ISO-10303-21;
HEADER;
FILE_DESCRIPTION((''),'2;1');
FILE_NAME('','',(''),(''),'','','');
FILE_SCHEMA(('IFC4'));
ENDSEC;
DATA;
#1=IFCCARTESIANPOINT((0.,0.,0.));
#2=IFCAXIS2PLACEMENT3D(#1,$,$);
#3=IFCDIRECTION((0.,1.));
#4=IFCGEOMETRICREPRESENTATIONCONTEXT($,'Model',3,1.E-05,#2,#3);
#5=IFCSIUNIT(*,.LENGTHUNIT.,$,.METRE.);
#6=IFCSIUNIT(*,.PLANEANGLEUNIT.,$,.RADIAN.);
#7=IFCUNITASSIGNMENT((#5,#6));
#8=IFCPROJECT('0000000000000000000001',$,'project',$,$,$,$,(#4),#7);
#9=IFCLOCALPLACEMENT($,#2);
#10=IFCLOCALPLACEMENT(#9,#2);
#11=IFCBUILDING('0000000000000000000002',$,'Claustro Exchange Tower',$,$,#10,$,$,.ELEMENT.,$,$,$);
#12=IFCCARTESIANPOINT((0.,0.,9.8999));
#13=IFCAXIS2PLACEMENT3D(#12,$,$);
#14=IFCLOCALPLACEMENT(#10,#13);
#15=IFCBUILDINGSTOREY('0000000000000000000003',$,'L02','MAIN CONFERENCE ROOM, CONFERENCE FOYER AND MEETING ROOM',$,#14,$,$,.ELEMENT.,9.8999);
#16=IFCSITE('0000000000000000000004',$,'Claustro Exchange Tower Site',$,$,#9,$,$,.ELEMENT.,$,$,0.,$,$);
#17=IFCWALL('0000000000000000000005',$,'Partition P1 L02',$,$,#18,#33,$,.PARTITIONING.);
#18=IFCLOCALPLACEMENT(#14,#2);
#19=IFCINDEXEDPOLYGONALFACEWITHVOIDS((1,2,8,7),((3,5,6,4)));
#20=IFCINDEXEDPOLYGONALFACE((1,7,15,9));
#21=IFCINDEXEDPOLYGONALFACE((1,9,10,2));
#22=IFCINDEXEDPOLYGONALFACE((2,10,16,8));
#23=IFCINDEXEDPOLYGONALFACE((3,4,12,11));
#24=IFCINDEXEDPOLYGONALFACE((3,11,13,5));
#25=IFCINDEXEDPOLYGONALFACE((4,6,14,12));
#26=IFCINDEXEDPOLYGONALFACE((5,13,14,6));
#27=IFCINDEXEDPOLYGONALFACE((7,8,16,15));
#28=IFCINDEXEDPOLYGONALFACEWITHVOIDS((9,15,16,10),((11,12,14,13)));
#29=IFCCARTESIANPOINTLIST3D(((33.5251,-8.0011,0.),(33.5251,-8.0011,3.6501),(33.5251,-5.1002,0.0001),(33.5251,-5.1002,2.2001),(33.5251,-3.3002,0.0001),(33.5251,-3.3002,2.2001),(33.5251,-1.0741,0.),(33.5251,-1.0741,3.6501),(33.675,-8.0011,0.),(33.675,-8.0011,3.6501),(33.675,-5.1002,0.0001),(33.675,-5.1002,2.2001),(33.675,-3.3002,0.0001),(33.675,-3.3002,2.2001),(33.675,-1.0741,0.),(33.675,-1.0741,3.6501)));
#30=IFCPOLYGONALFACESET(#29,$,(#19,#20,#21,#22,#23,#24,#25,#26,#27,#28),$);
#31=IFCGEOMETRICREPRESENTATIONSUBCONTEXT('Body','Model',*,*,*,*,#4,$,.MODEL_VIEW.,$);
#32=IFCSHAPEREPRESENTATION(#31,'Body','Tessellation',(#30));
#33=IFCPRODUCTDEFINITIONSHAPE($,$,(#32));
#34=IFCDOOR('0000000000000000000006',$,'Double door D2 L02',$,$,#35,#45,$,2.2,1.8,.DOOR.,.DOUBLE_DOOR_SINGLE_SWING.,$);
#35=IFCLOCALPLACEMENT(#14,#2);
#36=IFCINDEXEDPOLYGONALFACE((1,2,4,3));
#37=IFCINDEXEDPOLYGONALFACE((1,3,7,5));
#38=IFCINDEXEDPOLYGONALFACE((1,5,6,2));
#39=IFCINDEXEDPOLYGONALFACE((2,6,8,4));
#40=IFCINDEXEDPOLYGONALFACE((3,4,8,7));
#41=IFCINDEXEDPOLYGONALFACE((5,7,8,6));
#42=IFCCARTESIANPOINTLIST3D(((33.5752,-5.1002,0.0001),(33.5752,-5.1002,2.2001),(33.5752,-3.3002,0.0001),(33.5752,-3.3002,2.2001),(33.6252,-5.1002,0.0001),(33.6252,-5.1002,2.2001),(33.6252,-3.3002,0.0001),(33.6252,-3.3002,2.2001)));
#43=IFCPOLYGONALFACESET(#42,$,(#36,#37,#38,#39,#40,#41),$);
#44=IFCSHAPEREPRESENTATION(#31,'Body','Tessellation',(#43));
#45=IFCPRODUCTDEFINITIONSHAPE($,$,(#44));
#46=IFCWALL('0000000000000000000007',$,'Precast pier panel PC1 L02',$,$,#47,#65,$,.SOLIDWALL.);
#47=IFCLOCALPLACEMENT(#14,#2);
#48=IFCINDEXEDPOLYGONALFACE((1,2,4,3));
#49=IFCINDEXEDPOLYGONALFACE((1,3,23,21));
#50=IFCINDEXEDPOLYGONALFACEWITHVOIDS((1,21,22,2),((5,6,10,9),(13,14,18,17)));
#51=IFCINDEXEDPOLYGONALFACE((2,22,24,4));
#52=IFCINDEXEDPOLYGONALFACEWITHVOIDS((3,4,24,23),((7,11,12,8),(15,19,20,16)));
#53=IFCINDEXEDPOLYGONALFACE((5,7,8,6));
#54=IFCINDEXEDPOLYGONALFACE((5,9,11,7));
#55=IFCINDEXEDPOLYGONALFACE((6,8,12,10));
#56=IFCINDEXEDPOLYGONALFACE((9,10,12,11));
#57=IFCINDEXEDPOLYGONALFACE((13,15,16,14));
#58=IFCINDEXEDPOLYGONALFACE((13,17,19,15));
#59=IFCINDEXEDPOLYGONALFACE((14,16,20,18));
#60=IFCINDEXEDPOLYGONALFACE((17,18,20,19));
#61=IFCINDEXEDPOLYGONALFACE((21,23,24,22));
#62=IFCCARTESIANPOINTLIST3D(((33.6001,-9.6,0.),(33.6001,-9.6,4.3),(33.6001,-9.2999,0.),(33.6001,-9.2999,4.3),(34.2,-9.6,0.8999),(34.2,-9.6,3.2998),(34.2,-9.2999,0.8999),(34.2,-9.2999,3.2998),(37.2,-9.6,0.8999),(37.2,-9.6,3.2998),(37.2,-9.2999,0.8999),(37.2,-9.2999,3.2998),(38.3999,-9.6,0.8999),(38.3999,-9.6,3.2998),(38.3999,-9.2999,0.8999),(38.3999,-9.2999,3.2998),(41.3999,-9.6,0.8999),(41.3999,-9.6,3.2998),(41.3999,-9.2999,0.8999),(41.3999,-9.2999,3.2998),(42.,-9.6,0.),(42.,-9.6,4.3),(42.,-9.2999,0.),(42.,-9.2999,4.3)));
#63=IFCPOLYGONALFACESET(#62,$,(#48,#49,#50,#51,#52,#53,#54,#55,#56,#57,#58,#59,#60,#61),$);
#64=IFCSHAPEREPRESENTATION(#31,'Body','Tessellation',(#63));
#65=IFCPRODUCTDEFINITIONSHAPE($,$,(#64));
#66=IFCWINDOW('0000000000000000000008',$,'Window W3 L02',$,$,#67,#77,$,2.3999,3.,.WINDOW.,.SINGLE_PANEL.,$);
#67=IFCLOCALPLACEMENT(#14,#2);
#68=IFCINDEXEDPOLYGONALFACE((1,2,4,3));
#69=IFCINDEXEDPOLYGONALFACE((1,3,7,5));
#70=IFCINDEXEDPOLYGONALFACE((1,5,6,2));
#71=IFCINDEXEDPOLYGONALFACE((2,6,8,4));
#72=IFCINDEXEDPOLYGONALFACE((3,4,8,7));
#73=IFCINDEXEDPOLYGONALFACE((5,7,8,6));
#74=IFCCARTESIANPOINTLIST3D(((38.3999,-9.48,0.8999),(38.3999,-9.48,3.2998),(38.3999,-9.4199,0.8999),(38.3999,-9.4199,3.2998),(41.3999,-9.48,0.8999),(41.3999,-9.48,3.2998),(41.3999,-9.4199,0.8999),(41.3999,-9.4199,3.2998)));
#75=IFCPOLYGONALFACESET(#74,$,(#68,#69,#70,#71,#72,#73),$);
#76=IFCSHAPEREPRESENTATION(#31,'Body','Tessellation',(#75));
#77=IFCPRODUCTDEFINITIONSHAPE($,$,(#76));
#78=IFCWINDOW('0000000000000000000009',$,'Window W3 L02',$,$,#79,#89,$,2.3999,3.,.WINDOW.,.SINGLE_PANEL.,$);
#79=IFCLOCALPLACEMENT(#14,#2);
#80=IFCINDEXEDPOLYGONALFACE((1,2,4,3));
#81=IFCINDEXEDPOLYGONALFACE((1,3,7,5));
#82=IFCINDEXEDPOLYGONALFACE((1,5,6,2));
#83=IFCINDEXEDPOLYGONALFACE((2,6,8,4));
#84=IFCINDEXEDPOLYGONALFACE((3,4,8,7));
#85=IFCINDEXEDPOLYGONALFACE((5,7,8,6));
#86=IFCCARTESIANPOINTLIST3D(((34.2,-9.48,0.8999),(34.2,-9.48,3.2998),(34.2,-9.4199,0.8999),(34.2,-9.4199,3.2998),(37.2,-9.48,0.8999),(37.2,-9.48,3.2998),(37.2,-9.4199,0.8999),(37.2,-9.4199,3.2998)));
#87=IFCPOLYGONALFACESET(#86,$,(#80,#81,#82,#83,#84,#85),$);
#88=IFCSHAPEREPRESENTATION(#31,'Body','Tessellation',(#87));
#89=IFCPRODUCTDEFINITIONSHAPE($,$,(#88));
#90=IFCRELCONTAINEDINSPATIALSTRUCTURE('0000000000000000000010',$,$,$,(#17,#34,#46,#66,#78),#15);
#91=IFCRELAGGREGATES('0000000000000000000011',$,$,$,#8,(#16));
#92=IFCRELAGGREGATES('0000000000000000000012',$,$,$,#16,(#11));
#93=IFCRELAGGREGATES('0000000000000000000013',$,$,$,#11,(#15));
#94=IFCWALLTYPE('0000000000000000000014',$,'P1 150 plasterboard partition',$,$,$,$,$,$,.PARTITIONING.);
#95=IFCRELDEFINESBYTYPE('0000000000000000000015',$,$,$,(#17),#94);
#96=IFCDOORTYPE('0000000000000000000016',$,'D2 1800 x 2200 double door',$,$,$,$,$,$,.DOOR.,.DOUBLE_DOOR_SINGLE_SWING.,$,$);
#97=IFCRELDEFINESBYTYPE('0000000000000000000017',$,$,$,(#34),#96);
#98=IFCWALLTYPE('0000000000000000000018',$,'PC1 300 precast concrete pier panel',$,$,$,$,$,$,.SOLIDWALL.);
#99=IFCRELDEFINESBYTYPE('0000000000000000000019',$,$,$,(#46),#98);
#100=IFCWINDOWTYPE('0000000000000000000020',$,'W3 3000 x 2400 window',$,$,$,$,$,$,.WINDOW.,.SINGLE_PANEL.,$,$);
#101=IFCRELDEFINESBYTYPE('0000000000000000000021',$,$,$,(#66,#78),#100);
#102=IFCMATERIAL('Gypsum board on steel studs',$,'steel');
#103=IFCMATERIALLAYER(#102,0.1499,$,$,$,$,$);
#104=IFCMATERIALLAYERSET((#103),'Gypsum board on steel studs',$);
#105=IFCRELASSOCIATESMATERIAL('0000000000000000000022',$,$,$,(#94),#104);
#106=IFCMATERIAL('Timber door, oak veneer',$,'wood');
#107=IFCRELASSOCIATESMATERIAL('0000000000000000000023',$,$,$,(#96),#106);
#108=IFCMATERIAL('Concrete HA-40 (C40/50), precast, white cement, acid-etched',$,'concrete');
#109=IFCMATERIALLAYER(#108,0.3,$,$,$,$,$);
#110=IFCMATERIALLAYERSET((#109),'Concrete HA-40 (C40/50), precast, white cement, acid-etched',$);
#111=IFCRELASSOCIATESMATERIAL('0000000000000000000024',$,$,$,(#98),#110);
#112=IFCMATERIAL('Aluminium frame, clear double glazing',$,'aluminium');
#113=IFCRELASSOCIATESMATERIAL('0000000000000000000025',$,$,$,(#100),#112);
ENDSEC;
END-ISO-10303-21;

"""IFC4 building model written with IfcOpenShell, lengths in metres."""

from ifc_helpers import new_model, si_unit, direction, frame, frame_2d, origin, place, context, subcontext, project, spatial, rectangle, extrude, material, layer, layer_set, type_object, element, fill, save


model = new_model("IFC4")

# Units and contexts
model_context = context("Model", 3, precision=1e-05, world=origin(), true_north=direction((0.0, 1.0)))
body_context = subcontext(model_context, "Body", "Model", "MODEL_VIEW")
ifc_project = project(units=[si_unit("LENGTHUNIT", "METRE"), si_unit("PLANEANGLEUNIT", "RADIAN")], contexts=[model_context])

# Site, building, storey
site_placement = place(None, origin())
site = spatial("IfcSite", under=ifc_project, at=site_placement, Name="Claustro Exchange Tower Site", CompositionType="ELEMENT", RefElevation=0.0)
building_placement = place(site_placement, origin())
building = spatial("IfcBuilding", under=site, at=building_placement, Name="Claustro Exchange Tower", CompositionType="ELEMENT")
storey_placement = place(building_placement, frame((0.0, 0.0, 9.8999)))
storey = spatial("IfcBuildingStorey", under=building, at=storey_placement, Name="L02", Description="MAIN CONFERENCE ROOM, CONFERENCE FOYER AND MEETING ROOM", CompositionType="ELEMENT", Elevation=9.8999)

# Wall, opening, door
ifc_material_1 = material(Name="Gypsum board on steel studs", Category="steel")
ifc_layer_1 = layer(ifc_material_1, 0.1499)
ifc_layer_set_1 = layer_set([ifc_layer_1], Name="Gypsum board on steel studs")
wall_type_1 = type_object("IfcWallType", Name="P1 150 plasterboard partition", PredefinedType="PARTITIONING", material=ifc_layer_set_1)
wall_1_placement = place(storey_placement, frame((33.6001, -8.001, 0.0), z_axis=(0.0, 0.0, 1.0), x_axis=(0.0, 1.0, 0.0)))
wall_1 = element("IfcWall", 1, at=wall_1_placement, inside=storey, type_object=wall_type_1, Name="Partition P1 L02", PredefinedType="PARTITIONING", context=body_context, shape_type="SweptSolid", body=[
    extrude(rectangle(XDim=6.927, YDim=0.1499, at=frame_2d((3.4634, 0.0))), origin(), (0.0, 0.0, 1.0), 3.6501),
])
opening_1_placement = place(wall_1_placement, frame((2.9009, 0.0, 0.0)))
opening_1 = element("IfcOpeningElement", 2, at=opening_1_placement, cuts=wall_1, PredefinedType="OPENING", context=body_context, shape_type="SweptSolid", body=[
    extrude(rectangle(XDim=1.8, YDim=2.2, at=frame_2d((0.8999, 1.1001))), frame((0.0, 0.085, 0.0), z_axis=(0.0, -1.0, 0.0), x_axis=(1.0, 0.0, 0.0)), (0.0, 0.0, 1.0), 0.1699),
])
ifc_material_2 = material(Name="Timber door, oak veneer", Category="wood")
door_type = type_object("IfcDoorType", Name="D2 1800 x 2200 double door", OperationType="DOUBLE_DOOR_SINGLE_SWING", PredefinedType="DOOR", material=ifc_material_2)
door_placement = place(opening_1_placement, origin())
door = element("IfcDoor", 3, at=door_placement, inside=storey, type_object=door_type, Name="Double door D2 L02", OperationType="DOUBLE_DOOR_SINGLE_SWING", OverallHeight=2.2, OverallWidth=1.8, PredefinedType="DOOR", context=body_context, shape_type="SweptSolid", body=[
    extrude(rectangle(XDim=1.8, YDim=2.2, at=frame_2d((0.8999, 1.1001))), frame((0.0, 0.0249, 0.0), z_axis=(0.0, -1.0, 0.0), x_axis=(1.0, 0.0, 0.0)), (0.0, 0.0, 1.0), 0.05),
])
fill(opening_1, door)

# Wall, openings, windows
ifc_material_3 = material(Name="Concrete HA-40 (C40/50), precast, white cement, acid-etched", Category="concrete")
ifc_layer_2 = layer(ifc_material_3, 0.3)
ifc_layer_set_2 = layer_set([ifc_layer_2], Name="Concrete HA-40 (C40/50), precast, white cement, acid-etched")
wall_type_2 = type_object("IfcWallType", Name="PC1 300 precast concrete pier panel", PredefinedType="SOLIDWALL", material=ifc_layer_set_2)
wall_2_placement = place(storey_placement, frame((42.0, -9.45, 0.0), z_axis=(0.0, 0.0, 1.0), x_axis=(-1.0, 0.0, 0.0)))
wall_2 = element("IfcWall", 4, at=wall_2_placement, inside=storey, type_object=wall_type_2, Name="Precast pier panel PC1 L02", PredefinedType="SOLIDWALL", context=body_context, shape_type="SweptSolid", body=[
    extrude(rectangle(XDim=8.3999, YDim=0.3, at=frame_2d((4.2, 0.0))), origin(), (0.0, 0.0, 1.0), 4.3),
])
opening_2_placement = place(wall_2_placement, frame((0.6001, 0.0, 0.8999)))
opening_2 = element("IfcOpeningElement", 5, at=opening_2_placement, cuts=wall_2, PredefinedType="OPENING", context=body_context, shape_type="SweptSolid", body=[
    extrude(rectangle(XDim=3.0, YDim=2.3999, at=frame_2d((1.5, 1.2))), frame((0.0, 0.1599, 0.0), z_axis=(0.0, -1.0, 0.0), x_axis=(1.0, 0.0, 0.0)), (0.0, 0.0, 1.0), 0.3201),
])
opening_3_placement = place(wall_2_placement, frame((4.8, 0.0, 0.8999)))
opening_3 = element("IfcOpeningElement", 6, at=opening_3_placement, cuts=wall_2, PredefinedType="OPENING", context=body_context, shape_type="SweptSolid", body=[
    extrude(rectangle(XDim=3.0, YDim=2.3999, at=frame_2d((1.5, 1.2))), frame((0.0, 0.1599, 0.0), z_axis=(0.0, -1.0, 0.0), x_axis=(1.0, 0.0, 0.0)), (0.0, 0.0, 1.0), 0.3201),
])
ifc_material_4 = material(Name="Aluminium frame, clear double glazing", Category="aluminium")
window_type = type_object("IfcWindowType", Name="W3 3000 x 2400 window", PartitioningType="SINGLE_PANEL", PredefinedType="WINDOW", material=ifc_material_4)
window_1_placement = place(opening_2_placement, origin())
window_1 = element("IfcWindow", 7, at=window_1_placement, inside=storey, type_object=window_type, Name="Window W3 L02", OverallHeight=2.3999, OverallWidth=3.0, PartitioningType="SINGLE_PANEL", PredefinedType="WINDOW", context=body_context, shape_type="SweptSolid", body=[
    extrude(rectangle(XDim=3.0, YDim=2.3999, at=frame_2d((1.5, 1.2))), frame((0.0, 0.03, 0.0), z_axis=(0.0, -1.0, 0.0), x_axis=(1.0, 0.0, 0.0)), (0.0, 0.0, 1.0), 0.0601),
])
fill(opening_2, window_1)
window_2_placement = place(opening_3_placement, origin())
window_2 = element("IfcWindow", 8, at=window_2_placement, inside=storey, type_object=window_type, Name="Window W3 L02", OverallHeight=2.3999, OverallWidth=3.0, PartitioningType="SINGLE_PANEL", PredefinedType="WINDOW", context=body_context, shape_type="SweptSolid", body=[
    extrude(rectangle(XDim=3.0, YDim=2.3999, at=frame_2d((1.5, 1.2))), frame((0.0, 0.03, 0.0), z_axis=(0.0, -1.0, 0.0), x_axis=(1.0, 0.0, 0.0)), (0.0, 0.0, 1.0), 0.0601),
])
fill(opening_3, window_2)

save(model, "model.ifc")
